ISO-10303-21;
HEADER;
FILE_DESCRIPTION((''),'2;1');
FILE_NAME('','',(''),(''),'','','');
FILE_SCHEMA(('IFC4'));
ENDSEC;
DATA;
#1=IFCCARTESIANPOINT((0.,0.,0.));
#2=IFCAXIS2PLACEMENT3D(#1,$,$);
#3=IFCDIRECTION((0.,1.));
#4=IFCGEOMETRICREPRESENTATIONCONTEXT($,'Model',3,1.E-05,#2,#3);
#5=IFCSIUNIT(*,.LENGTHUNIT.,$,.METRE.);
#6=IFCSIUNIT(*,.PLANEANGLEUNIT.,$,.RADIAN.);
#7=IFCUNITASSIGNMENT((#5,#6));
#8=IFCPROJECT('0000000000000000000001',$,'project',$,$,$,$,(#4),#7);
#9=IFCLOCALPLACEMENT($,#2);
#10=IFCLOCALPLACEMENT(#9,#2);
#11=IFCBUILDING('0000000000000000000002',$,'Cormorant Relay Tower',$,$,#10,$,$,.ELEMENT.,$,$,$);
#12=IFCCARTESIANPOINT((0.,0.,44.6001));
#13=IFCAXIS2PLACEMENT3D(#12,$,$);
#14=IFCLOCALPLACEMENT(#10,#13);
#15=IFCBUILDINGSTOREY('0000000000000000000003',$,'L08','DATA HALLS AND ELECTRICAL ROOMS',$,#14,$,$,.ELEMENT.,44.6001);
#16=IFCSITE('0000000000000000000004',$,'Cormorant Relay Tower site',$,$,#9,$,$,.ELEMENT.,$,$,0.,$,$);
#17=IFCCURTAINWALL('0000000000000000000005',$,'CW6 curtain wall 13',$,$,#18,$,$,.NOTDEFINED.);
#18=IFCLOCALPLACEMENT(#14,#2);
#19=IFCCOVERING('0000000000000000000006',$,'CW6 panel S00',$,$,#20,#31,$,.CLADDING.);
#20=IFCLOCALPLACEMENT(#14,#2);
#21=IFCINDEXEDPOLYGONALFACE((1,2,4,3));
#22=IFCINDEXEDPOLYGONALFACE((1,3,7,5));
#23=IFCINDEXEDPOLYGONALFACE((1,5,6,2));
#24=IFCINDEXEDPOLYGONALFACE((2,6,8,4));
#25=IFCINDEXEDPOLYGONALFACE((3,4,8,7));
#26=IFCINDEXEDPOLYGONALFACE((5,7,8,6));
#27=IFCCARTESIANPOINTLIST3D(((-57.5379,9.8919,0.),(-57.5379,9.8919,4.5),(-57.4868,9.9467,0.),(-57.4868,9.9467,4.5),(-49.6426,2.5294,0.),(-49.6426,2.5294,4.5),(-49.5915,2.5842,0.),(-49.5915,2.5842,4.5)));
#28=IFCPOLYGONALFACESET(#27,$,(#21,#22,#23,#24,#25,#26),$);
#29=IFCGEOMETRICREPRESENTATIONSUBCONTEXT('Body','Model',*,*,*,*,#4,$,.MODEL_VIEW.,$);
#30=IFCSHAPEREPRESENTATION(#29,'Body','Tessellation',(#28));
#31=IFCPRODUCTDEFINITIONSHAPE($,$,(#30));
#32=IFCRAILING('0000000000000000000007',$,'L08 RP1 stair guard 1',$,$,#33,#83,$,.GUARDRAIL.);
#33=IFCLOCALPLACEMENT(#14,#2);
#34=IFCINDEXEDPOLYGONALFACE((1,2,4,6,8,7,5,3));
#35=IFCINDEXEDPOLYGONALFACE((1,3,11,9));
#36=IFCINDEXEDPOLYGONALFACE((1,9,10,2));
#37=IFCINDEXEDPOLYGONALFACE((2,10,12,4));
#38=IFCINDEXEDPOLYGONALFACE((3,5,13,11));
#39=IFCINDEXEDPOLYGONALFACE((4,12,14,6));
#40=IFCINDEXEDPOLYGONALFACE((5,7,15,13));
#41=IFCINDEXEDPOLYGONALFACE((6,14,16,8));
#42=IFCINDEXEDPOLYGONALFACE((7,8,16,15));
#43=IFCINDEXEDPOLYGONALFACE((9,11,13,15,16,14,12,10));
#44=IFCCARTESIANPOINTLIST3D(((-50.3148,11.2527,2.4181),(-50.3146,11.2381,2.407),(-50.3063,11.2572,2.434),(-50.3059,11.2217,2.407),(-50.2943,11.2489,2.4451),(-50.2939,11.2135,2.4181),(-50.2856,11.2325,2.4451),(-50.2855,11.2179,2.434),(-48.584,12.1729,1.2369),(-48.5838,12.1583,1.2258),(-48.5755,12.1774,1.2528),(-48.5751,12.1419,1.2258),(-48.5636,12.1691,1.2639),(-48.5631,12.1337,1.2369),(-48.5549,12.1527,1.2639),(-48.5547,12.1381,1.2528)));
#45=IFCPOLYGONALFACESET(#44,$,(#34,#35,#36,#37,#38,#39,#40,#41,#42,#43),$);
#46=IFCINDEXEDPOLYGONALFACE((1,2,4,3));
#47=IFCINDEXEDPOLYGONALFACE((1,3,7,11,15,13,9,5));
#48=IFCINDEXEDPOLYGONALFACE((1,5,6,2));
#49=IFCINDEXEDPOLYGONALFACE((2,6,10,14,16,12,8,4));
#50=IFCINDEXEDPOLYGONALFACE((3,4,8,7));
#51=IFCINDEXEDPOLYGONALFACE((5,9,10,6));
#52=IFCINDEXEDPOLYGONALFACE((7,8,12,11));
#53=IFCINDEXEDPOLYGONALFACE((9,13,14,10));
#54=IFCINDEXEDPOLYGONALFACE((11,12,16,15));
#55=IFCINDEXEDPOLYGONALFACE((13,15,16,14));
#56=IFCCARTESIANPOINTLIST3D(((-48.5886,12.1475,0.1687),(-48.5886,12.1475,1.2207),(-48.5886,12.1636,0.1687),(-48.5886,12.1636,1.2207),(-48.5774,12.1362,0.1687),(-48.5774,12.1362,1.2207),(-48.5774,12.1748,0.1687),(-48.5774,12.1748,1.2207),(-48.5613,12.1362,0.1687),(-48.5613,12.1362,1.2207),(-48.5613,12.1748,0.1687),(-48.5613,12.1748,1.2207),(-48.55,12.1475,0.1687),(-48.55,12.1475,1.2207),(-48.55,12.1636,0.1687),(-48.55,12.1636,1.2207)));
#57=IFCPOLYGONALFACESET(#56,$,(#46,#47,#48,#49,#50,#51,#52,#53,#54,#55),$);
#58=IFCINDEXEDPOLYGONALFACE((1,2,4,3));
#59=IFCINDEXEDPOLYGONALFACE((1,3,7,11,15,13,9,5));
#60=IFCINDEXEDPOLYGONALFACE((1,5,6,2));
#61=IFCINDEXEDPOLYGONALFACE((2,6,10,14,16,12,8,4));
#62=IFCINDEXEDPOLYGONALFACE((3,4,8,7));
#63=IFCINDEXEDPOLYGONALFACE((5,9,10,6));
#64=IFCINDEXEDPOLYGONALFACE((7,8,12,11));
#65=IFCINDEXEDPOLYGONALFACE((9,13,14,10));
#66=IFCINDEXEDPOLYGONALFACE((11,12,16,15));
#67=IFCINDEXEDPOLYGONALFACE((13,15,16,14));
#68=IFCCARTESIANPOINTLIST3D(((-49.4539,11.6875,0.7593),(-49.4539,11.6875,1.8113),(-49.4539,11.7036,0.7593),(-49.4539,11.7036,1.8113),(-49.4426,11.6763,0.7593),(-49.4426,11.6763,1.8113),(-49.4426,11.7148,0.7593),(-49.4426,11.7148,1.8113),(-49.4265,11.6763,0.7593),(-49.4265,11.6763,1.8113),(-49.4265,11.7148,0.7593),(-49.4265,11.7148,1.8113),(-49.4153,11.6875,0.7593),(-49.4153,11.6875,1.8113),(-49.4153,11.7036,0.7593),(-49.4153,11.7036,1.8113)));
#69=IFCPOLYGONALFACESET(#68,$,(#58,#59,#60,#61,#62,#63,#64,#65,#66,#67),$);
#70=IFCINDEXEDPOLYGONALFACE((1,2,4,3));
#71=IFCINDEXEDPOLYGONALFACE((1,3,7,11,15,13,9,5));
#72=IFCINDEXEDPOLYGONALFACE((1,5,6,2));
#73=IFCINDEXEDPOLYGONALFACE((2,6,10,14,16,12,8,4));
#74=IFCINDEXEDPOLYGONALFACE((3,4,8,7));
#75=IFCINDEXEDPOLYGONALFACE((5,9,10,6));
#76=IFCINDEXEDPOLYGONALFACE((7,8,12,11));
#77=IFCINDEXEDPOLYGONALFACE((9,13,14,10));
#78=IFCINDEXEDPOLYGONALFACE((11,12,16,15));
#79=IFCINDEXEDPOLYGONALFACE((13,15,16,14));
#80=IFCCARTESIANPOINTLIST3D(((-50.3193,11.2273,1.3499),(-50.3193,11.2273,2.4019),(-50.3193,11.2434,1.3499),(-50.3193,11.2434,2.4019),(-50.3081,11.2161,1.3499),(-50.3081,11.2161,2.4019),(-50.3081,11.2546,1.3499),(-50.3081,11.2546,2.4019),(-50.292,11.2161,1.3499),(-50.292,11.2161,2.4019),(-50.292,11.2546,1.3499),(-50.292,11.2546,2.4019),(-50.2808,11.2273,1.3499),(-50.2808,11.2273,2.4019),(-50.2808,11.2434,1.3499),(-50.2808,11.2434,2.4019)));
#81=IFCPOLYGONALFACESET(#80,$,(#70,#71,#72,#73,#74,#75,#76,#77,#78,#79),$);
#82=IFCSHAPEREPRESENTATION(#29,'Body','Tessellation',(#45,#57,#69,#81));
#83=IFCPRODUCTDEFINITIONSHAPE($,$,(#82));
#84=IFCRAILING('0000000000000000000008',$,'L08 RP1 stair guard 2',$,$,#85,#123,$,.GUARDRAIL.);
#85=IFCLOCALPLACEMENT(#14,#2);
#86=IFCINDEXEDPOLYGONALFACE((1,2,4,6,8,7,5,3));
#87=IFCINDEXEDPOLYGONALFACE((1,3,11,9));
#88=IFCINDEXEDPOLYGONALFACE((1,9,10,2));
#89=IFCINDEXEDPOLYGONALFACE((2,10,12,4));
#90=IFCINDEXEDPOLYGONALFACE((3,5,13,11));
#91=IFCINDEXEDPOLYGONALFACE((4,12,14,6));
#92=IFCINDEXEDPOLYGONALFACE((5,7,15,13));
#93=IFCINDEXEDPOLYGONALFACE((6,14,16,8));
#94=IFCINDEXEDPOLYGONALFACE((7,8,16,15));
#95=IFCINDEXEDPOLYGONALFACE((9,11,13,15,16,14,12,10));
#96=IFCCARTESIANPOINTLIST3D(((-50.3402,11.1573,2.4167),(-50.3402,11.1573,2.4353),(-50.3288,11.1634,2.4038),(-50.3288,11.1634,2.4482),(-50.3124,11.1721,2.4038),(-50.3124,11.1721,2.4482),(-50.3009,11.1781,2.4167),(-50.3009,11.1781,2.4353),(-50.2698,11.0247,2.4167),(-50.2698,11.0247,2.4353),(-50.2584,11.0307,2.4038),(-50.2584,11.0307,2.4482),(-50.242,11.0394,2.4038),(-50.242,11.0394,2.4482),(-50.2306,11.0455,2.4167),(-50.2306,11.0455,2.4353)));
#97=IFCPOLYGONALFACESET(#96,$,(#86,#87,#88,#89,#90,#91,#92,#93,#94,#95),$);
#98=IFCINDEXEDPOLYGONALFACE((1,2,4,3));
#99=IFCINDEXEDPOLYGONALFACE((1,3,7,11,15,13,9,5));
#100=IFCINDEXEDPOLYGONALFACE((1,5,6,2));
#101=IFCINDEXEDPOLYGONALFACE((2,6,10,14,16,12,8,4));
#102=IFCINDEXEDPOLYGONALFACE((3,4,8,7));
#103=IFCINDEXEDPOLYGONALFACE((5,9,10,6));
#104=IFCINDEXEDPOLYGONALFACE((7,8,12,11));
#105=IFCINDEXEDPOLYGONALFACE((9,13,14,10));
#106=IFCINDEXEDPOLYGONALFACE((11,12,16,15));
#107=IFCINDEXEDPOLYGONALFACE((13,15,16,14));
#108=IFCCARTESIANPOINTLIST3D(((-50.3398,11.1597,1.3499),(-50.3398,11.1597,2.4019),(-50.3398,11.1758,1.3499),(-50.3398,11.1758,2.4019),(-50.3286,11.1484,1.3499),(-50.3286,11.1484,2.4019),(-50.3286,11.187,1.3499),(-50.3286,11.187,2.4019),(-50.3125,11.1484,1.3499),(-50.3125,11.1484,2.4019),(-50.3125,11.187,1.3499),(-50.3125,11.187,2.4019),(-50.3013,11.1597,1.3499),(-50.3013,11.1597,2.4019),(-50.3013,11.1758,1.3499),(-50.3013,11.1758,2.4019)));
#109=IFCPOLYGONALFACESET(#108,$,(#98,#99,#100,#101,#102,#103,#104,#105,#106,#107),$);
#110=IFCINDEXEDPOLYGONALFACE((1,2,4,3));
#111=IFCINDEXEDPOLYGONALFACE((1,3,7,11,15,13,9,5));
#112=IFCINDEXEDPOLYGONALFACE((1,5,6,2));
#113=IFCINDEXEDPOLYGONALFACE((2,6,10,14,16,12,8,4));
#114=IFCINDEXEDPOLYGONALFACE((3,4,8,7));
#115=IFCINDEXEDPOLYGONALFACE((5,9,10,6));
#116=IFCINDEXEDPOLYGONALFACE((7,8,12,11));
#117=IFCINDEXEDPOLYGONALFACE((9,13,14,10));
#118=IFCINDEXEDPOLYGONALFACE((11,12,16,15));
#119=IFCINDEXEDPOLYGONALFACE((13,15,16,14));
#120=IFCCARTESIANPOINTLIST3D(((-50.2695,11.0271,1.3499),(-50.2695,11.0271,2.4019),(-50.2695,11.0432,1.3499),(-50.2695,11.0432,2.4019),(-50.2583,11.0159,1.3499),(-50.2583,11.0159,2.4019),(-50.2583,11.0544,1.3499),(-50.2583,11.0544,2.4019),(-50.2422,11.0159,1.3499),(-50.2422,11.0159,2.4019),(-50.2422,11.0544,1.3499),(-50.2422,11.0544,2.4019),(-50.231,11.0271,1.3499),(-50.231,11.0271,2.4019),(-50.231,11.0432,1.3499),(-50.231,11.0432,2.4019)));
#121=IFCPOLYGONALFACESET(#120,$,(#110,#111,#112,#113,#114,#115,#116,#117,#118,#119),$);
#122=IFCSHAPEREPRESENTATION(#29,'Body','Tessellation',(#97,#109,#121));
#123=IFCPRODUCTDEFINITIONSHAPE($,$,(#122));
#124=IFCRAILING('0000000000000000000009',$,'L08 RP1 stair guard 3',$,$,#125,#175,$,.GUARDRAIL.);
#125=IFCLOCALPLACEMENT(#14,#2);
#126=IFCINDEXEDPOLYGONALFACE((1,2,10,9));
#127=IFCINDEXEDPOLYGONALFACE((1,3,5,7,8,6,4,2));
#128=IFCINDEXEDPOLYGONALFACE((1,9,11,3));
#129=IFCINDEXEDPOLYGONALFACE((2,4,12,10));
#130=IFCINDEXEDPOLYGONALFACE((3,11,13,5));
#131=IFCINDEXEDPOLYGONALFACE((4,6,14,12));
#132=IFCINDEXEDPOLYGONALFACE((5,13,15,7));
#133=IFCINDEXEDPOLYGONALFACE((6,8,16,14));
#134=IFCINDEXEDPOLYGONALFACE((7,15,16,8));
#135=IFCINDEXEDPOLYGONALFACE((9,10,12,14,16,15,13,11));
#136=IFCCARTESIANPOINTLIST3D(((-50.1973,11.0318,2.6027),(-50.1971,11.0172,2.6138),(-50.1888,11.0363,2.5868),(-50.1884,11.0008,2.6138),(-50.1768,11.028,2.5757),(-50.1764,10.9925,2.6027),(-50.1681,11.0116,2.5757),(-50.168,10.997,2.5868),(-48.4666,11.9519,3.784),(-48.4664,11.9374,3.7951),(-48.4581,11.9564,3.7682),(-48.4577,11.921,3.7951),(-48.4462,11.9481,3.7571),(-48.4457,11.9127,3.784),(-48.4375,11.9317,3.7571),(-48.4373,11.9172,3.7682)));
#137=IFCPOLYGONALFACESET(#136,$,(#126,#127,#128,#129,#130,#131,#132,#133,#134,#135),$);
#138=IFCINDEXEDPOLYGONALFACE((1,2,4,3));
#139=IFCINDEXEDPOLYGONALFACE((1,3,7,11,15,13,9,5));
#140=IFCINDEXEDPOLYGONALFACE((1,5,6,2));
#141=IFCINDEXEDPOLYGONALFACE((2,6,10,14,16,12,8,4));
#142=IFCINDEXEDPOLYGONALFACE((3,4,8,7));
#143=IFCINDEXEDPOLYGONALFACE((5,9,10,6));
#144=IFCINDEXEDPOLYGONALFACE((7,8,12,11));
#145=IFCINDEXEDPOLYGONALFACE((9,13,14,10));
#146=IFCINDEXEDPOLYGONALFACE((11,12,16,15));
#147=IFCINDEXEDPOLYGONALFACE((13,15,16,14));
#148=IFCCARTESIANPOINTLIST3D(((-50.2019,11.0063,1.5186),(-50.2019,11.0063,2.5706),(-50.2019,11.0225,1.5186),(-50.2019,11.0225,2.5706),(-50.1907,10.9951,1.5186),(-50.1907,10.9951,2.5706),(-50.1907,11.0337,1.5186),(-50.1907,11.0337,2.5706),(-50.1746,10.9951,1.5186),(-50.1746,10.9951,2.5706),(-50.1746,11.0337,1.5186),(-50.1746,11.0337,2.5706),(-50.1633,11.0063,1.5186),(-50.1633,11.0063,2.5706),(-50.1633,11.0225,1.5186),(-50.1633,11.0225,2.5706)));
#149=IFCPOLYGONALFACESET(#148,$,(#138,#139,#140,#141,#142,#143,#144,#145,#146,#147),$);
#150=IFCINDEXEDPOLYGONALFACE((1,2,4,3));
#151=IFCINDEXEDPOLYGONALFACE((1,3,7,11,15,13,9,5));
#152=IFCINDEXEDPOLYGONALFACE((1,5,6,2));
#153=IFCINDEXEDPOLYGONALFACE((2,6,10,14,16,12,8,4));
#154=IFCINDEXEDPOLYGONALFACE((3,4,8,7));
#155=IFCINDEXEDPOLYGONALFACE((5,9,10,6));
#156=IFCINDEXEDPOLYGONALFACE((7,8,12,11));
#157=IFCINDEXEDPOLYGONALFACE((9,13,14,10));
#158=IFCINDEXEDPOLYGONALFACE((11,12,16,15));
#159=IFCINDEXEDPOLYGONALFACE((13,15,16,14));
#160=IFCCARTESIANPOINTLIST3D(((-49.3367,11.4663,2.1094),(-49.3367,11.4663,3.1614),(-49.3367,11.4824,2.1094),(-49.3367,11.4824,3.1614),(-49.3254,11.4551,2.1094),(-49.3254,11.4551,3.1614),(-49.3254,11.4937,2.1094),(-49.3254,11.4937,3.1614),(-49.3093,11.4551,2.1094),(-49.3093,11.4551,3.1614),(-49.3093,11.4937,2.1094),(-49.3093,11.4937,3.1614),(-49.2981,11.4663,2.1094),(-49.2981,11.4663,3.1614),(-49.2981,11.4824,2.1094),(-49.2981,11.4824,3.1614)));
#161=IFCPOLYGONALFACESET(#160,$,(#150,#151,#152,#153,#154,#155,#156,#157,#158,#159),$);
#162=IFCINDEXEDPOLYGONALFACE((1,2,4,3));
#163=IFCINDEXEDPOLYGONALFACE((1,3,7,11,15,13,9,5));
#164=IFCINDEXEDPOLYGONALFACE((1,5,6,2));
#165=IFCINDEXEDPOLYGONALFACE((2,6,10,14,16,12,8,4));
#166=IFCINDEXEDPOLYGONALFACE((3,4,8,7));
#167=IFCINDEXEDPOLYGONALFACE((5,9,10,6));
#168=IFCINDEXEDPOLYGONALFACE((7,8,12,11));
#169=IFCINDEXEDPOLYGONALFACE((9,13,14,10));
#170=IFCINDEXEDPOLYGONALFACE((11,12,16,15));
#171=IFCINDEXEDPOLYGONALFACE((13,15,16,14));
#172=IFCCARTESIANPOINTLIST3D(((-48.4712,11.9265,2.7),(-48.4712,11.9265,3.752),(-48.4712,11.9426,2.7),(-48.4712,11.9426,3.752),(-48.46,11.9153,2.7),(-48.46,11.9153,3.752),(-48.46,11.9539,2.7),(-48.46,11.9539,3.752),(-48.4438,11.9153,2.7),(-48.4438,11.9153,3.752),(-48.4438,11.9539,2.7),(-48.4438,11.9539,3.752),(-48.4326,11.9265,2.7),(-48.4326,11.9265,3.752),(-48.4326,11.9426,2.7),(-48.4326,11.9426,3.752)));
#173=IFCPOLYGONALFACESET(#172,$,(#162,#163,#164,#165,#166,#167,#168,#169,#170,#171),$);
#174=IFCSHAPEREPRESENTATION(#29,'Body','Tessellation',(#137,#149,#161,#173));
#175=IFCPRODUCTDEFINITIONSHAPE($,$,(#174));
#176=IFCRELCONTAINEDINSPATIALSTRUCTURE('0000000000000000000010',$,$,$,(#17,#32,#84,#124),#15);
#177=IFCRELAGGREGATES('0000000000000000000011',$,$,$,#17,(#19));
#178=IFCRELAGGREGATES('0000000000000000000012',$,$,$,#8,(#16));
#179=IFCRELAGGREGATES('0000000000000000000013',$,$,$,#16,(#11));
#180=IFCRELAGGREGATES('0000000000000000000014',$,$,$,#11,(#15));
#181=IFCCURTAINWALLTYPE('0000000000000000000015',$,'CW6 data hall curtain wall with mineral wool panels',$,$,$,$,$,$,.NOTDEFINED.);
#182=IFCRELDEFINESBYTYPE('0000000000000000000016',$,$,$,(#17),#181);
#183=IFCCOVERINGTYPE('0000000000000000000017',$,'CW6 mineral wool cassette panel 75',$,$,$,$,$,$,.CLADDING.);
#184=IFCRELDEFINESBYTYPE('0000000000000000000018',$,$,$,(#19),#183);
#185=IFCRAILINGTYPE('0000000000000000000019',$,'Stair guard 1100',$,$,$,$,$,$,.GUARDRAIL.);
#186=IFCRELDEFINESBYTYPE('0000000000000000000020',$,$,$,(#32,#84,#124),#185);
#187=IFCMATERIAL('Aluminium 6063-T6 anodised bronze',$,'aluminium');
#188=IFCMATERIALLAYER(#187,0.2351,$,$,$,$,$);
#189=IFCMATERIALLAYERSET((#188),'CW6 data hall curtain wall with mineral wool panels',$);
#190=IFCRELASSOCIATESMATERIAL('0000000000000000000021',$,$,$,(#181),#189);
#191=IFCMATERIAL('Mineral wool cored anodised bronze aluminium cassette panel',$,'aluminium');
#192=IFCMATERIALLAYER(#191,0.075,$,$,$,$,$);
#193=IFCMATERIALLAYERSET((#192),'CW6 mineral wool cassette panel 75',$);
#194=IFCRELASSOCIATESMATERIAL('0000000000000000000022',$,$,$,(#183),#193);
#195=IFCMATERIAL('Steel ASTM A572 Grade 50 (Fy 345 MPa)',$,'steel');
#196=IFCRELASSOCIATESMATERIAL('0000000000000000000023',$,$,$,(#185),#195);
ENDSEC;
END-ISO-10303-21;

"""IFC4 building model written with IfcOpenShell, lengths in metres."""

from ifc_helpers import new_model, si_unit, direction, frame, origin, origin_2d, place, context, subcontext, project, spatial, polyline, rectangle, outline, extrude, material, layer, layer_set, type_object, element, aggregate, save


model = new_model("IFC4")

# Units and contexts
model_context = context("Model", 3, precision=1e-05, world=origin(), true_north=direction((0.0, 1.0)))
body_context = subcontext(model_context, "Body", "Model", "MODEL_VIEW")
ifc_project = project(units=[si_unit("LENGTHUNIT", "METRE"), si_unit("PLANEANGLEUNIT", "RADIAN")], contexts=[model_context])

# Site, building, storey
site_placement = place(None, origin())
site = spatial("IfcSite", under=ifc_project, at=site_placement, Name="Cormorant Relay Tower site", CompositionType="ELEMENT", RefElevation=0.0)
building_placement = place(site_placement, origin())
building = spatial("IfcBuilding", under=site, at=building_placement, Name="Cormorant Relay Tower", CompositionType="ELEMENT")
storey_placement = place(building_placement, frame((0.0, 0.0, 44.6001)))
storey = spatial("IfcBuildingStorey", under=building, at=storey_placement, Name="L08", Description="DATA HALLS AND ELECTRICAL ROOMS", CompositionType="ELEMENT", Elevation=44.6001)

# Curtain wall
ifc_material_1 = material(Name="Aluminium 6063-T6 anodised bronze", Category="aluminium")
ifc_layer_1 = layer(ifc_material_1, 0.2351)
ifc_layer_set_1 = layer_set([ifc_layer_1], Name="CW6 data hall curtain wall with mineral wool panels")
curtain_wall_type = type_object("IfcCurtainWallType", Name="CW6 data hall curtain wall with mineral wool panels", PredefinedType="NOTDEFINED", material=ifc_layer_set_1)
curtain_wall_1_placement = place(storey_placement, origin())
curtain_wall_1 = element("IfcCurtainWall", 1, at=curtain_wall_1_placement, inside=storey, type_object=curtain_wall_type, Name="CW6 curtain wall 13", PredefinedType="NOTDEFINED")

# Covering
ifc_material_2 = material(Name="Mineral wool cored anodised bronze aluminium cassette panel", Category="aluminium")
ifc_layer_2 = layer(ifc_material_2, 0.075)
ifc_layer_set_2 = layer_set([ifc_layer_2], Name="CW6 mineral wool cassette panel 75")
covering_type = type_object("IfcCoveringType", Name="CW6 mineral wool cassette panel 75", PredefinedType="CLADDING", material=ifc_layer_set_2)
covering_1_placement = place(storey_placement, frame((-53.5647, 6.238, 0.0), z_axis=(0.0, 0.0, 1.0), x_axis=(0.731354, -0.681998, 0.0)))
covering_1 = element("IfcCovering", 2, at=covering_1_placement, type_object=covering_type, Name="CW6 panel S00", PredefinedType="CLADDING", context=body_context, shape_type="SweptSolid", body=[
    extrude(rectangle(XDim=10.7954, YDim=0.075, at=origin_2d()), origin(), (0.0, 0.0, 1.0), 4.5),
])
aggregate(curtain_wall_1, [covering_1])

# Railings
ifc_material_3 = material(Name="Steel ASTM A572 Grade 50 (Fy 345 MPa)", Category="steel")
railing_type_1 = type_object("IfcRailingType", Name="Stair guard 1100", PredefinedType="GUARDRAIL", material=ifc_material_3)
railing_1_placement = place(storey_placement, frame((-48.5693, 12.1555, 0.1687)))
element("IfcRailing", 3, at=railing_1_placement, inside=storey, type_object=railing_type_1, Name="L08 RP1 stair guard 1", PredefinedType="GUARDRAIL", context=body_context, shape_type="SweptSolid", body=[
    extrude(outline(polyline([(0.0222, 0.0093), (0.0093, 0.0222), (-0.0093, 0.0222), (-0.0222, 0.0093), (-0.0222, -0.0093), (-0.0093, -0.0222), (0.0093, -0.0222), (0.0222, -0.0093), (0.0222, 0.0093)])), frame((0.0, 0.0, 1.0762), z_axis=(-0.756268, -0.402084, 0.516127), x_axis=(0.469444, -0.882962, 0.0)), (0.0, 0.0, 1.0), 2.2886),
    extrude(outline(polyline([(0.0193, 0.0081), (0.0081, 0.0193), (-0.0081, 0.0193), (-0.0193, 0.0081), (-0.0193, -0.0081), (-0.0081, -0.0193), (0.0081, -0.0193), (0.0193, -0.0081), (0.0193, 0.0081)])), origin(), (0.0, 0.0, 1.0), 1.052),
    extrude(outline(polyline([(0.0193, 0.0081), (0.0081, 0.0193), (-0.0081, 0.0193), (-0.0193, 0.0081), (-0.0193, -0.0081), (-0.0081, -0.0193), (0.0081, -0.0193), (0.0193, -0.0081), (0.0193, 0.0081)])), frame((-0.8652, -0.46, 0.5906)), (0.0, 0.0, 1.0), 1.052),
    extrude(outline(polyline([(0.0193, 0.0081), (0.0081, 0.0193), (-0.0081, 0.0193), (-0.0193, 0.0081), (-0.0193, -0.0081), (-0.0081, -0.0193), (0.0081, -0.0193), (0.0193, -0.0081), (0.0193, 0.0081)])), frame((-1.7307, -0.9202, 1.1812)), (0.0, 0.0, 1.0), 1.052),
])
railing_2_placement = place(storey_placement, frame((-50.3206, 11.1677, 1.3499)))
element("IfcRailing", 4, at=railing_2_placement, inside=storey, type_object=railing_type_1, Name="L08 RP1 stair guard 2", PredefinedType="GUARDRAIL", context=body_context, shape_type="SweptSolid", body=[
    extrude(outline(polyline([(0.0222, 0.0093), (0.0093, 0.0222), (-0.0093, 0.0222), (-0.0222, 0.0093), (-0.0222, -0.0093), (-0.0093, -0.0222), (0.0093, -0.0222), (0.0222, -0.0093), (0.0222, 0.0093)])), frame((0.0, 0.0, 1.0762), z_axis=(0.46856, -0.883431, 0.0), x_axis=(0.883431, 0.46856, 0.0)), (0.0, 0.0, 1.0), 0.1501),
    extrude(outline(polyline([(0.0193, 0.0081), (0.0081, 0.0193), (-0.0081, 0.0193), (-0.0193, 0.0081), (-0.0193, -0.0081), (-0.0081, -0.0193), (0.0081, -0.0193), (0.0193, -0.0081), (0.0193, 0.0081)])), origin(), (0.0, 0.0, 1.0), 1.052),
    extrude(outline(polyline([(0.0193, 0.0081), (0.0081, 0.0193), (-0.0081, 0.0193), (-0.0193, 0.0081), (-0.0193, -0.0081), (-0.0081, -0.0193), (0.0081, -0.0193), (0.0193, -0.0081), (0.0193, 0.0081)])), frame((0.0703, -0.1326, 0.0)), (0.0, 0.0, 1.0), 1.052),
])
railing_3_placement = place(storey_placement, frame((-50.1826, 11.0144, 1.5186)))
element("IfcRailing", 5, at=railing_3_placement, inside=storey, type_object=railing_type_1, Name="L08 RP1 stair guard 3", PredefinedType="GUARDRAIL", context=body_context, shape_type="SweptSolid", body=[
    extrude(outline(polyline([(0.0222, 0.0093), (0.0093, 0.0222), (-0.0093, 0.0222), (-0.0222, 0.0093), (-0.0222, -0.0093), (-0.0093, -0.0222), (0.0093, -0.0222), (0.0222, -0.0093), (0.0222, 0.0093)])), frame((0.0, 0.0, 1.0762), z_axis=(0.756226, 0.402062, 0.516205), x_axis=(-0.469444, 0.882962, 0.0)), (0.0, 0.0, 1.0), 2.2886),
    extrude(outline(polyline([(0.0193, 0.0081), (0.0081, 0.0193), (-0.0081, 0.0193), (-0.0193, 0.0081), (-0.0193, -0.0081), (-0.0081, -0.0193), (0.0081, -0.0193), (0.0193, -0.0081), (0.0193, 0.0081)])), origin(), (0.0, 0.0, 1.0), 1.052),
    extrude(outline(polyline([(0.0193, 0.0081), (0.0081, 0.0193), (-0.0081, 0.0193), (-0.0193, 0.0081), (-0.0193, -0.0081), (-0.0081, -0.0193), (0.0081, -0.0193), (0.0193, -0.0081), (0.0193, 0.0081)])), frame((0.8652, 0.46, 0.5908)), (0.0, 0.0, 1.0), 1.052),
    extrude(outline(polyline([(0.0193, 0.0081), (0.0081, 0.0193), (-0.0081, 0.0193), (-0.0193, 0.0081), (-0.0193, -0.0081), (-0.0081, -0.0193), (0.0081, -0.0193), (0.0193, -0.0081), (0.0193, 0.0081)])), frame((1.7307, 0.9202, 1.1814)), (0.0, 0.0, 1.0), 1.052),
])

save(model, "model.ifc")
